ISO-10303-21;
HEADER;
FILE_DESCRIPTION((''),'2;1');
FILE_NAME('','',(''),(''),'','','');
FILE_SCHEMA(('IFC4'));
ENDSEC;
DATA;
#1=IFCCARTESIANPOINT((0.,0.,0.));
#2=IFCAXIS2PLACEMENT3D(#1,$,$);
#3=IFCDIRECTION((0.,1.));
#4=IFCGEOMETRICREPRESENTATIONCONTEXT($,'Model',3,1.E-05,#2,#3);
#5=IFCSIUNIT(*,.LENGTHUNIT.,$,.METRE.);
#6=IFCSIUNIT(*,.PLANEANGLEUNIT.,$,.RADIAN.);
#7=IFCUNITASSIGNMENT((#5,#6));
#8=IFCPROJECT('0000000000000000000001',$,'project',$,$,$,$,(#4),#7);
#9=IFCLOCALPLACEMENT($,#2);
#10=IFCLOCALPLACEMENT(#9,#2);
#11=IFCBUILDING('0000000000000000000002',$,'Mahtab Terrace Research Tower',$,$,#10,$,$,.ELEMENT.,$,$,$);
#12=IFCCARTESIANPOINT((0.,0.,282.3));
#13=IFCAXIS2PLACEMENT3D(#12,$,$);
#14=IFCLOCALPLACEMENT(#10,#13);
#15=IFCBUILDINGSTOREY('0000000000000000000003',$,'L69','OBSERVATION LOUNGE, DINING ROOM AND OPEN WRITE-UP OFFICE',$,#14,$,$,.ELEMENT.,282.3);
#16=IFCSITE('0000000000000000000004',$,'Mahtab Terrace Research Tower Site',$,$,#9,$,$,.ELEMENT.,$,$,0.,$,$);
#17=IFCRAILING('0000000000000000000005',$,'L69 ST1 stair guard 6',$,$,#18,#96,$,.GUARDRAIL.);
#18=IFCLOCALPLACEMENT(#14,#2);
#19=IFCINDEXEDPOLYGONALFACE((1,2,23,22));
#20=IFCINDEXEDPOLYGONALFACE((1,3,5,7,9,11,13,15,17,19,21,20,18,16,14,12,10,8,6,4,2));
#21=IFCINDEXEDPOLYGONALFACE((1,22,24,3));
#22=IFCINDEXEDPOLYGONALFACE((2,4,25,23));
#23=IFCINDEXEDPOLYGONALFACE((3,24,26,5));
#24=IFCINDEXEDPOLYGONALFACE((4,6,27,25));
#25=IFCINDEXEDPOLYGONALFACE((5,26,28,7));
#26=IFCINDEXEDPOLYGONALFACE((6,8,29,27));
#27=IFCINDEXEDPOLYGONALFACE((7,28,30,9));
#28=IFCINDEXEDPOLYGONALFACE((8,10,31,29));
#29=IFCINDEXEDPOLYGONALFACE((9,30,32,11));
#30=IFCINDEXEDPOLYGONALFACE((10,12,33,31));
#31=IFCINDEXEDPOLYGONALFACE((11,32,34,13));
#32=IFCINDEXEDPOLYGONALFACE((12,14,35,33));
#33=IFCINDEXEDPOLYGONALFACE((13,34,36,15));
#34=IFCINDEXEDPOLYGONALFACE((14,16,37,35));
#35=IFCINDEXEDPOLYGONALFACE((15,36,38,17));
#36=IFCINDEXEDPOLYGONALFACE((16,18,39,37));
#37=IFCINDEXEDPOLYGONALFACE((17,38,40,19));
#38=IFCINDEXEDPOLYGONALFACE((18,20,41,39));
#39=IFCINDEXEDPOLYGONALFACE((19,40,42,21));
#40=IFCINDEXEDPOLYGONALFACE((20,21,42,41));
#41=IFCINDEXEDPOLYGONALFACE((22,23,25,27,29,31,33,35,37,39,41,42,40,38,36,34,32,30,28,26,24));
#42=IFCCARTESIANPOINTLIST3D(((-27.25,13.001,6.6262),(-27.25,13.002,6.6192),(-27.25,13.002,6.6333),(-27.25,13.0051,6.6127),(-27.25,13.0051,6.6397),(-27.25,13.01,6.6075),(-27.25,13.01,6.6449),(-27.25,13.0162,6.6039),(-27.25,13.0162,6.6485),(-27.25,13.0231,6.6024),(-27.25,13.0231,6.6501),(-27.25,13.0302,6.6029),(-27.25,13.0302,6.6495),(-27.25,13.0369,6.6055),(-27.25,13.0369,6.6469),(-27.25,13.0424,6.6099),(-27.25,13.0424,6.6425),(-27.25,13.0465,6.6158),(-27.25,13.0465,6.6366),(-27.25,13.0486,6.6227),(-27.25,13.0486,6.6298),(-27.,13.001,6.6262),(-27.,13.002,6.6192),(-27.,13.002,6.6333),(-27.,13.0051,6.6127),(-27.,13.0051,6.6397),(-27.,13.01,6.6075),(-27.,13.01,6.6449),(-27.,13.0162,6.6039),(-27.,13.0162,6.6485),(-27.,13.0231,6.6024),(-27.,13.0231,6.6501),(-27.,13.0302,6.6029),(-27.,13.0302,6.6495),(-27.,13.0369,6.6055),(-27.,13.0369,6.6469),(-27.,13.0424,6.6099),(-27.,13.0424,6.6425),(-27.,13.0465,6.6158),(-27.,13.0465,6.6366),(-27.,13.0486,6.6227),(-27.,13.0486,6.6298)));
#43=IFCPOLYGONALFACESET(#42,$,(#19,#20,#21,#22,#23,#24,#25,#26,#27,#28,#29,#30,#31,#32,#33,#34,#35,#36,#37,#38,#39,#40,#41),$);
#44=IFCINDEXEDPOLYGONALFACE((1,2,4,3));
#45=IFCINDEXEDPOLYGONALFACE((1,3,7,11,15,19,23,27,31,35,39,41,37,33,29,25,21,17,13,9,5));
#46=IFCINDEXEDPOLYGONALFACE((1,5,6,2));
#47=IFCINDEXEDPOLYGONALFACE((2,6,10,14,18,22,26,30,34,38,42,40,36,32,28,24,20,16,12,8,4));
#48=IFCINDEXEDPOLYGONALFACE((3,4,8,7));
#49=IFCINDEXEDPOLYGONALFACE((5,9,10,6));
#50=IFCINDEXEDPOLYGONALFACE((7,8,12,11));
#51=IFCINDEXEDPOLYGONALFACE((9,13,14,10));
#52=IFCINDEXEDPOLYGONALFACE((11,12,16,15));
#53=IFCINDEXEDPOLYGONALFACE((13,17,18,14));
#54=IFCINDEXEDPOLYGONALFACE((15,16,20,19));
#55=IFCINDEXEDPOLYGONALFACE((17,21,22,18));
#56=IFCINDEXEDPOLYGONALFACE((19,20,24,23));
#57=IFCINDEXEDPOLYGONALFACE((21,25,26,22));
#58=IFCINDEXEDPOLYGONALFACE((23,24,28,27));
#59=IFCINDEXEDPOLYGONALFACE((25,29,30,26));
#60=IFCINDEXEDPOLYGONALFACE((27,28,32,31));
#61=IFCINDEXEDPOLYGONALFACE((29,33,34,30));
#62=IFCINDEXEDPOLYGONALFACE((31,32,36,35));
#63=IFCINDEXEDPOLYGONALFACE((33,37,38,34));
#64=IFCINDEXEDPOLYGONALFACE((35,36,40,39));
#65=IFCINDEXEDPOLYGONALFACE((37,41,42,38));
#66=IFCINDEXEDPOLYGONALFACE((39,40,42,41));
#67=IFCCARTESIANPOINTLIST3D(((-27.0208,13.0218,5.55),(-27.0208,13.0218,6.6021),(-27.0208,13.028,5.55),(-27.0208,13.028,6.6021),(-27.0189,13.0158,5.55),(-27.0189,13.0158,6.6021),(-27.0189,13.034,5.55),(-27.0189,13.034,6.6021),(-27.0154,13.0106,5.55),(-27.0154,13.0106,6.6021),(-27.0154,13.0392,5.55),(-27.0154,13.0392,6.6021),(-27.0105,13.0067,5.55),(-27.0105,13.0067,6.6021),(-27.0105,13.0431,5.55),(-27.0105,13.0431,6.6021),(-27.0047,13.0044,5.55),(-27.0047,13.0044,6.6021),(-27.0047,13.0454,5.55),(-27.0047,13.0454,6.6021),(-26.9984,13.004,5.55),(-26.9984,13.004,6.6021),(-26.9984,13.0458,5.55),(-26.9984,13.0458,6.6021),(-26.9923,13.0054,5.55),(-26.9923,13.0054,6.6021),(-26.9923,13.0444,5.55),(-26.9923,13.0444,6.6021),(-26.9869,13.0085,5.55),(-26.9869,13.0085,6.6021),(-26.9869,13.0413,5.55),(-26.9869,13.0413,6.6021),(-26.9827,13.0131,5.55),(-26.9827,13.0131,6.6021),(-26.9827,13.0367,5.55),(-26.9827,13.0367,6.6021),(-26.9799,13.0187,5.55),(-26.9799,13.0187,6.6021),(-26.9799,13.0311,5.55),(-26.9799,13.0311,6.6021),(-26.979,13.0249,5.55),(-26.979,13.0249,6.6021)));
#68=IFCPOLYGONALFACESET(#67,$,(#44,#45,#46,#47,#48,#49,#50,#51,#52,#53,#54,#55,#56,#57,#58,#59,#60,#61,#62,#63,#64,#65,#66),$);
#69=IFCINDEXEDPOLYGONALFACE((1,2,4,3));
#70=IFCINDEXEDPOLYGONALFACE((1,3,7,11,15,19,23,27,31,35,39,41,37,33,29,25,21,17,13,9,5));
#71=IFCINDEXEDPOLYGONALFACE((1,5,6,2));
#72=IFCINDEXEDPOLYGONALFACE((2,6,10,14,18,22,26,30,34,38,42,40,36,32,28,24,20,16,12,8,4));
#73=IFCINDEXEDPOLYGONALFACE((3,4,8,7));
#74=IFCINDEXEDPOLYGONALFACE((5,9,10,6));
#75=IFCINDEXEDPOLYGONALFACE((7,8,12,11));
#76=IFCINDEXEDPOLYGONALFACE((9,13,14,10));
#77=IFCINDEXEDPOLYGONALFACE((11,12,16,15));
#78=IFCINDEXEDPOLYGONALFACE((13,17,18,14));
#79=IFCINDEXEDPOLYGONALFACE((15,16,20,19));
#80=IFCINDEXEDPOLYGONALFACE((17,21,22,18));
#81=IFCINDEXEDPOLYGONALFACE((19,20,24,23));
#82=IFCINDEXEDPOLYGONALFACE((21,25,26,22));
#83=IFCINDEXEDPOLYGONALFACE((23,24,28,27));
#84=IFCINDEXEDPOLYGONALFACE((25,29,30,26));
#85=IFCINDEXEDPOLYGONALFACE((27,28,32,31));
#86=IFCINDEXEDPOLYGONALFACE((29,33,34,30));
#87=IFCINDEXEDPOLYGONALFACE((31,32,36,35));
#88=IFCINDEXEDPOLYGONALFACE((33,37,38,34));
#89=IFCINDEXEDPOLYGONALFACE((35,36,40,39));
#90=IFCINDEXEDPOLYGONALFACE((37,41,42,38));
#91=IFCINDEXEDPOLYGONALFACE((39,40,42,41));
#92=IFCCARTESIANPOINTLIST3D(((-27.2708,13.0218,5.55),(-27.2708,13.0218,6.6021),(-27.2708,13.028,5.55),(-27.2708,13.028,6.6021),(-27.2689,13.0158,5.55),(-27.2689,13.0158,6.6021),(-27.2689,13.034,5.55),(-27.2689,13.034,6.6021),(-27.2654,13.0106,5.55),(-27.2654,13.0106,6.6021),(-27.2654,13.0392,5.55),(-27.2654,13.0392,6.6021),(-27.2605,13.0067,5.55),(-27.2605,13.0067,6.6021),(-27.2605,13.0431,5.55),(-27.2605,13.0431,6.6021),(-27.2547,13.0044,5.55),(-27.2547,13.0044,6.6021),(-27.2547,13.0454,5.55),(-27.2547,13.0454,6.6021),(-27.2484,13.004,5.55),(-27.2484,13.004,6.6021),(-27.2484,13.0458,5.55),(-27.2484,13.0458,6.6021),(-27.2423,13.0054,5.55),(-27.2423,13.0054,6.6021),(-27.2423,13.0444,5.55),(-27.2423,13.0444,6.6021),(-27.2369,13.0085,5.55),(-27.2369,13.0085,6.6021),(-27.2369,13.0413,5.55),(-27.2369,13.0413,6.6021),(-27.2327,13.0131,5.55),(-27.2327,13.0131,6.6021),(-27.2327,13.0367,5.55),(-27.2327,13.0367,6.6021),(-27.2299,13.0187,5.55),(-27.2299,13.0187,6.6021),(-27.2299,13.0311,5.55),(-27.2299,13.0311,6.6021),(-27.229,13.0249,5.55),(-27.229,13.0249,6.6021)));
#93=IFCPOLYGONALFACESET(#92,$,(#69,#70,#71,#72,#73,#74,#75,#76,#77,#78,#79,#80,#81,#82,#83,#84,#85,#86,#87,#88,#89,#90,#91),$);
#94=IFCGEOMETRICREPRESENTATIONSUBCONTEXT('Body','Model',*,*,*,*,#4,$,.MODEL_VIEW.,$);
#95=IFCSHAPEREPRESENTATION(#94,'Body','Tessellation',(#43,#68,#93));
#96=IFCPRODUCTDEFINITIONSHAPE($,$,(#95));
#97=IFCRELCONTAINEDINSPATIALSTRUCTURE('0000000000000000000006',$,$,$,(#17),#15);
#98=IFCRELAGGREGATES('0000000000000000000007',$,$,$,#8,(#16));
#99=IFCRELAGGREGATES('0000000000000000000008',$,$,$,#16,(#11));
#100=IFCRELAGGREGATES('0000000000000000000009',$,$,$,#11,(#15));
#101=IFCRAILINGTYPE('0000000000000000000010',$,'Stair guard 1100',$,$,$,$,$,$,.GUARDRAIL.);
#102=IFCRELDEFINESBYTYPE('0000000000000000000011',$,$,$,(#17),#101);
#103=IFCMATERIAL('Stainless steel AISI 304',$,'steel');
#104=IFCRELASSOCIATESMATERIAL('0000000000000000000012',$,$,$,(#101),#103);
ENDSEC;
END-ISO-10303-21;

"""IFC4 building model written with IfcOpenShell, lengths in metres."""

from ifc_helpers import new_model, si_unit, direction, frame, origin, origin_2d, place, context, subcontext, project, spatial, circle, extrude, material, type_object, element, save


model = new_model("IFC4")

# Units and contexts
model_context = context("Model", 3, precision=1e-05, world=origin(), true_north=direction((0.0, 1.0)))
body_context = subcontext(model_context, "Body", "Model", "MODEL_VIEW")
ifc_project = project(units=[si_unit("LENGTHUNIT", "METRE"), si_unit("PLANEANGLEUNIT", "RADIAN")], contexts=[model_context])

# Site, building, storey
site_placement = place(None, origin())
site = spatial("IfcSite", under=ifc_project, at=site_placement, Name="Mahtab Terrace Research Tower Site", CompositionType="ELEMENT", RefElevation=0.0)
building_placement = place(site_placement, origin())
building = spatial("IfcBuilding", under=site, at=building_placement, Name="Mahtab Terrace Research Tower", CompositionType="ELEMENT")
storey_placement = place(building_placement, frame((0.0, 0.0, 282.3)))
storey = spatial("IfcBuildingStorey", under=building, at=storey_placement, Name="L69", Description="OBSERVATION LOUNGE, DINING ROOM AND OPEN WRITE-UP OFFICE", CompositionType="ELEMENT", Elevation=282.3)

# Railing
ifc_material_1 = material(Name="Stainless steel AISI 304", Category="steel")
railing_type_1 = type_object("IfcRailingType", Name="Stair guard 1100", PredefinedType="GUARDRAIL", material=ifc_material_1)
railing_1_placement = place(storey_placement, frame((-27.0, 13.0249, 5.55)))
element("IfcRailing", 1, at=railing_1_placement, inside=storey, type_object=railing_type_1, Name="L69 ST1 stair guard 6", PredefinedType="GUARDRAIL", context=body_context, shape_type="SweptSolid", body=[
    extrude(circle(Radius=0.0239, at=origin_2d()), frame((0.0, 0.0, 1.0762), z_axis=(-1.0, 0.0, 0.0), x_axis=(0.0, -1.0, 0.0)), (0.0, 0.0, 1.0), 0.25),
    extrude(circle(Radius=0.021, at=origin_2d()), origin(), (0.0, 0.0, 1.0), 1.052),
    extrude(circle(Radius=0.021, at=origin_2d()), frame((-0.25, 0.0, 0.0)), (0.0, 0.0, 1.0), 1.052),
])

save(model, "model.ifc")
